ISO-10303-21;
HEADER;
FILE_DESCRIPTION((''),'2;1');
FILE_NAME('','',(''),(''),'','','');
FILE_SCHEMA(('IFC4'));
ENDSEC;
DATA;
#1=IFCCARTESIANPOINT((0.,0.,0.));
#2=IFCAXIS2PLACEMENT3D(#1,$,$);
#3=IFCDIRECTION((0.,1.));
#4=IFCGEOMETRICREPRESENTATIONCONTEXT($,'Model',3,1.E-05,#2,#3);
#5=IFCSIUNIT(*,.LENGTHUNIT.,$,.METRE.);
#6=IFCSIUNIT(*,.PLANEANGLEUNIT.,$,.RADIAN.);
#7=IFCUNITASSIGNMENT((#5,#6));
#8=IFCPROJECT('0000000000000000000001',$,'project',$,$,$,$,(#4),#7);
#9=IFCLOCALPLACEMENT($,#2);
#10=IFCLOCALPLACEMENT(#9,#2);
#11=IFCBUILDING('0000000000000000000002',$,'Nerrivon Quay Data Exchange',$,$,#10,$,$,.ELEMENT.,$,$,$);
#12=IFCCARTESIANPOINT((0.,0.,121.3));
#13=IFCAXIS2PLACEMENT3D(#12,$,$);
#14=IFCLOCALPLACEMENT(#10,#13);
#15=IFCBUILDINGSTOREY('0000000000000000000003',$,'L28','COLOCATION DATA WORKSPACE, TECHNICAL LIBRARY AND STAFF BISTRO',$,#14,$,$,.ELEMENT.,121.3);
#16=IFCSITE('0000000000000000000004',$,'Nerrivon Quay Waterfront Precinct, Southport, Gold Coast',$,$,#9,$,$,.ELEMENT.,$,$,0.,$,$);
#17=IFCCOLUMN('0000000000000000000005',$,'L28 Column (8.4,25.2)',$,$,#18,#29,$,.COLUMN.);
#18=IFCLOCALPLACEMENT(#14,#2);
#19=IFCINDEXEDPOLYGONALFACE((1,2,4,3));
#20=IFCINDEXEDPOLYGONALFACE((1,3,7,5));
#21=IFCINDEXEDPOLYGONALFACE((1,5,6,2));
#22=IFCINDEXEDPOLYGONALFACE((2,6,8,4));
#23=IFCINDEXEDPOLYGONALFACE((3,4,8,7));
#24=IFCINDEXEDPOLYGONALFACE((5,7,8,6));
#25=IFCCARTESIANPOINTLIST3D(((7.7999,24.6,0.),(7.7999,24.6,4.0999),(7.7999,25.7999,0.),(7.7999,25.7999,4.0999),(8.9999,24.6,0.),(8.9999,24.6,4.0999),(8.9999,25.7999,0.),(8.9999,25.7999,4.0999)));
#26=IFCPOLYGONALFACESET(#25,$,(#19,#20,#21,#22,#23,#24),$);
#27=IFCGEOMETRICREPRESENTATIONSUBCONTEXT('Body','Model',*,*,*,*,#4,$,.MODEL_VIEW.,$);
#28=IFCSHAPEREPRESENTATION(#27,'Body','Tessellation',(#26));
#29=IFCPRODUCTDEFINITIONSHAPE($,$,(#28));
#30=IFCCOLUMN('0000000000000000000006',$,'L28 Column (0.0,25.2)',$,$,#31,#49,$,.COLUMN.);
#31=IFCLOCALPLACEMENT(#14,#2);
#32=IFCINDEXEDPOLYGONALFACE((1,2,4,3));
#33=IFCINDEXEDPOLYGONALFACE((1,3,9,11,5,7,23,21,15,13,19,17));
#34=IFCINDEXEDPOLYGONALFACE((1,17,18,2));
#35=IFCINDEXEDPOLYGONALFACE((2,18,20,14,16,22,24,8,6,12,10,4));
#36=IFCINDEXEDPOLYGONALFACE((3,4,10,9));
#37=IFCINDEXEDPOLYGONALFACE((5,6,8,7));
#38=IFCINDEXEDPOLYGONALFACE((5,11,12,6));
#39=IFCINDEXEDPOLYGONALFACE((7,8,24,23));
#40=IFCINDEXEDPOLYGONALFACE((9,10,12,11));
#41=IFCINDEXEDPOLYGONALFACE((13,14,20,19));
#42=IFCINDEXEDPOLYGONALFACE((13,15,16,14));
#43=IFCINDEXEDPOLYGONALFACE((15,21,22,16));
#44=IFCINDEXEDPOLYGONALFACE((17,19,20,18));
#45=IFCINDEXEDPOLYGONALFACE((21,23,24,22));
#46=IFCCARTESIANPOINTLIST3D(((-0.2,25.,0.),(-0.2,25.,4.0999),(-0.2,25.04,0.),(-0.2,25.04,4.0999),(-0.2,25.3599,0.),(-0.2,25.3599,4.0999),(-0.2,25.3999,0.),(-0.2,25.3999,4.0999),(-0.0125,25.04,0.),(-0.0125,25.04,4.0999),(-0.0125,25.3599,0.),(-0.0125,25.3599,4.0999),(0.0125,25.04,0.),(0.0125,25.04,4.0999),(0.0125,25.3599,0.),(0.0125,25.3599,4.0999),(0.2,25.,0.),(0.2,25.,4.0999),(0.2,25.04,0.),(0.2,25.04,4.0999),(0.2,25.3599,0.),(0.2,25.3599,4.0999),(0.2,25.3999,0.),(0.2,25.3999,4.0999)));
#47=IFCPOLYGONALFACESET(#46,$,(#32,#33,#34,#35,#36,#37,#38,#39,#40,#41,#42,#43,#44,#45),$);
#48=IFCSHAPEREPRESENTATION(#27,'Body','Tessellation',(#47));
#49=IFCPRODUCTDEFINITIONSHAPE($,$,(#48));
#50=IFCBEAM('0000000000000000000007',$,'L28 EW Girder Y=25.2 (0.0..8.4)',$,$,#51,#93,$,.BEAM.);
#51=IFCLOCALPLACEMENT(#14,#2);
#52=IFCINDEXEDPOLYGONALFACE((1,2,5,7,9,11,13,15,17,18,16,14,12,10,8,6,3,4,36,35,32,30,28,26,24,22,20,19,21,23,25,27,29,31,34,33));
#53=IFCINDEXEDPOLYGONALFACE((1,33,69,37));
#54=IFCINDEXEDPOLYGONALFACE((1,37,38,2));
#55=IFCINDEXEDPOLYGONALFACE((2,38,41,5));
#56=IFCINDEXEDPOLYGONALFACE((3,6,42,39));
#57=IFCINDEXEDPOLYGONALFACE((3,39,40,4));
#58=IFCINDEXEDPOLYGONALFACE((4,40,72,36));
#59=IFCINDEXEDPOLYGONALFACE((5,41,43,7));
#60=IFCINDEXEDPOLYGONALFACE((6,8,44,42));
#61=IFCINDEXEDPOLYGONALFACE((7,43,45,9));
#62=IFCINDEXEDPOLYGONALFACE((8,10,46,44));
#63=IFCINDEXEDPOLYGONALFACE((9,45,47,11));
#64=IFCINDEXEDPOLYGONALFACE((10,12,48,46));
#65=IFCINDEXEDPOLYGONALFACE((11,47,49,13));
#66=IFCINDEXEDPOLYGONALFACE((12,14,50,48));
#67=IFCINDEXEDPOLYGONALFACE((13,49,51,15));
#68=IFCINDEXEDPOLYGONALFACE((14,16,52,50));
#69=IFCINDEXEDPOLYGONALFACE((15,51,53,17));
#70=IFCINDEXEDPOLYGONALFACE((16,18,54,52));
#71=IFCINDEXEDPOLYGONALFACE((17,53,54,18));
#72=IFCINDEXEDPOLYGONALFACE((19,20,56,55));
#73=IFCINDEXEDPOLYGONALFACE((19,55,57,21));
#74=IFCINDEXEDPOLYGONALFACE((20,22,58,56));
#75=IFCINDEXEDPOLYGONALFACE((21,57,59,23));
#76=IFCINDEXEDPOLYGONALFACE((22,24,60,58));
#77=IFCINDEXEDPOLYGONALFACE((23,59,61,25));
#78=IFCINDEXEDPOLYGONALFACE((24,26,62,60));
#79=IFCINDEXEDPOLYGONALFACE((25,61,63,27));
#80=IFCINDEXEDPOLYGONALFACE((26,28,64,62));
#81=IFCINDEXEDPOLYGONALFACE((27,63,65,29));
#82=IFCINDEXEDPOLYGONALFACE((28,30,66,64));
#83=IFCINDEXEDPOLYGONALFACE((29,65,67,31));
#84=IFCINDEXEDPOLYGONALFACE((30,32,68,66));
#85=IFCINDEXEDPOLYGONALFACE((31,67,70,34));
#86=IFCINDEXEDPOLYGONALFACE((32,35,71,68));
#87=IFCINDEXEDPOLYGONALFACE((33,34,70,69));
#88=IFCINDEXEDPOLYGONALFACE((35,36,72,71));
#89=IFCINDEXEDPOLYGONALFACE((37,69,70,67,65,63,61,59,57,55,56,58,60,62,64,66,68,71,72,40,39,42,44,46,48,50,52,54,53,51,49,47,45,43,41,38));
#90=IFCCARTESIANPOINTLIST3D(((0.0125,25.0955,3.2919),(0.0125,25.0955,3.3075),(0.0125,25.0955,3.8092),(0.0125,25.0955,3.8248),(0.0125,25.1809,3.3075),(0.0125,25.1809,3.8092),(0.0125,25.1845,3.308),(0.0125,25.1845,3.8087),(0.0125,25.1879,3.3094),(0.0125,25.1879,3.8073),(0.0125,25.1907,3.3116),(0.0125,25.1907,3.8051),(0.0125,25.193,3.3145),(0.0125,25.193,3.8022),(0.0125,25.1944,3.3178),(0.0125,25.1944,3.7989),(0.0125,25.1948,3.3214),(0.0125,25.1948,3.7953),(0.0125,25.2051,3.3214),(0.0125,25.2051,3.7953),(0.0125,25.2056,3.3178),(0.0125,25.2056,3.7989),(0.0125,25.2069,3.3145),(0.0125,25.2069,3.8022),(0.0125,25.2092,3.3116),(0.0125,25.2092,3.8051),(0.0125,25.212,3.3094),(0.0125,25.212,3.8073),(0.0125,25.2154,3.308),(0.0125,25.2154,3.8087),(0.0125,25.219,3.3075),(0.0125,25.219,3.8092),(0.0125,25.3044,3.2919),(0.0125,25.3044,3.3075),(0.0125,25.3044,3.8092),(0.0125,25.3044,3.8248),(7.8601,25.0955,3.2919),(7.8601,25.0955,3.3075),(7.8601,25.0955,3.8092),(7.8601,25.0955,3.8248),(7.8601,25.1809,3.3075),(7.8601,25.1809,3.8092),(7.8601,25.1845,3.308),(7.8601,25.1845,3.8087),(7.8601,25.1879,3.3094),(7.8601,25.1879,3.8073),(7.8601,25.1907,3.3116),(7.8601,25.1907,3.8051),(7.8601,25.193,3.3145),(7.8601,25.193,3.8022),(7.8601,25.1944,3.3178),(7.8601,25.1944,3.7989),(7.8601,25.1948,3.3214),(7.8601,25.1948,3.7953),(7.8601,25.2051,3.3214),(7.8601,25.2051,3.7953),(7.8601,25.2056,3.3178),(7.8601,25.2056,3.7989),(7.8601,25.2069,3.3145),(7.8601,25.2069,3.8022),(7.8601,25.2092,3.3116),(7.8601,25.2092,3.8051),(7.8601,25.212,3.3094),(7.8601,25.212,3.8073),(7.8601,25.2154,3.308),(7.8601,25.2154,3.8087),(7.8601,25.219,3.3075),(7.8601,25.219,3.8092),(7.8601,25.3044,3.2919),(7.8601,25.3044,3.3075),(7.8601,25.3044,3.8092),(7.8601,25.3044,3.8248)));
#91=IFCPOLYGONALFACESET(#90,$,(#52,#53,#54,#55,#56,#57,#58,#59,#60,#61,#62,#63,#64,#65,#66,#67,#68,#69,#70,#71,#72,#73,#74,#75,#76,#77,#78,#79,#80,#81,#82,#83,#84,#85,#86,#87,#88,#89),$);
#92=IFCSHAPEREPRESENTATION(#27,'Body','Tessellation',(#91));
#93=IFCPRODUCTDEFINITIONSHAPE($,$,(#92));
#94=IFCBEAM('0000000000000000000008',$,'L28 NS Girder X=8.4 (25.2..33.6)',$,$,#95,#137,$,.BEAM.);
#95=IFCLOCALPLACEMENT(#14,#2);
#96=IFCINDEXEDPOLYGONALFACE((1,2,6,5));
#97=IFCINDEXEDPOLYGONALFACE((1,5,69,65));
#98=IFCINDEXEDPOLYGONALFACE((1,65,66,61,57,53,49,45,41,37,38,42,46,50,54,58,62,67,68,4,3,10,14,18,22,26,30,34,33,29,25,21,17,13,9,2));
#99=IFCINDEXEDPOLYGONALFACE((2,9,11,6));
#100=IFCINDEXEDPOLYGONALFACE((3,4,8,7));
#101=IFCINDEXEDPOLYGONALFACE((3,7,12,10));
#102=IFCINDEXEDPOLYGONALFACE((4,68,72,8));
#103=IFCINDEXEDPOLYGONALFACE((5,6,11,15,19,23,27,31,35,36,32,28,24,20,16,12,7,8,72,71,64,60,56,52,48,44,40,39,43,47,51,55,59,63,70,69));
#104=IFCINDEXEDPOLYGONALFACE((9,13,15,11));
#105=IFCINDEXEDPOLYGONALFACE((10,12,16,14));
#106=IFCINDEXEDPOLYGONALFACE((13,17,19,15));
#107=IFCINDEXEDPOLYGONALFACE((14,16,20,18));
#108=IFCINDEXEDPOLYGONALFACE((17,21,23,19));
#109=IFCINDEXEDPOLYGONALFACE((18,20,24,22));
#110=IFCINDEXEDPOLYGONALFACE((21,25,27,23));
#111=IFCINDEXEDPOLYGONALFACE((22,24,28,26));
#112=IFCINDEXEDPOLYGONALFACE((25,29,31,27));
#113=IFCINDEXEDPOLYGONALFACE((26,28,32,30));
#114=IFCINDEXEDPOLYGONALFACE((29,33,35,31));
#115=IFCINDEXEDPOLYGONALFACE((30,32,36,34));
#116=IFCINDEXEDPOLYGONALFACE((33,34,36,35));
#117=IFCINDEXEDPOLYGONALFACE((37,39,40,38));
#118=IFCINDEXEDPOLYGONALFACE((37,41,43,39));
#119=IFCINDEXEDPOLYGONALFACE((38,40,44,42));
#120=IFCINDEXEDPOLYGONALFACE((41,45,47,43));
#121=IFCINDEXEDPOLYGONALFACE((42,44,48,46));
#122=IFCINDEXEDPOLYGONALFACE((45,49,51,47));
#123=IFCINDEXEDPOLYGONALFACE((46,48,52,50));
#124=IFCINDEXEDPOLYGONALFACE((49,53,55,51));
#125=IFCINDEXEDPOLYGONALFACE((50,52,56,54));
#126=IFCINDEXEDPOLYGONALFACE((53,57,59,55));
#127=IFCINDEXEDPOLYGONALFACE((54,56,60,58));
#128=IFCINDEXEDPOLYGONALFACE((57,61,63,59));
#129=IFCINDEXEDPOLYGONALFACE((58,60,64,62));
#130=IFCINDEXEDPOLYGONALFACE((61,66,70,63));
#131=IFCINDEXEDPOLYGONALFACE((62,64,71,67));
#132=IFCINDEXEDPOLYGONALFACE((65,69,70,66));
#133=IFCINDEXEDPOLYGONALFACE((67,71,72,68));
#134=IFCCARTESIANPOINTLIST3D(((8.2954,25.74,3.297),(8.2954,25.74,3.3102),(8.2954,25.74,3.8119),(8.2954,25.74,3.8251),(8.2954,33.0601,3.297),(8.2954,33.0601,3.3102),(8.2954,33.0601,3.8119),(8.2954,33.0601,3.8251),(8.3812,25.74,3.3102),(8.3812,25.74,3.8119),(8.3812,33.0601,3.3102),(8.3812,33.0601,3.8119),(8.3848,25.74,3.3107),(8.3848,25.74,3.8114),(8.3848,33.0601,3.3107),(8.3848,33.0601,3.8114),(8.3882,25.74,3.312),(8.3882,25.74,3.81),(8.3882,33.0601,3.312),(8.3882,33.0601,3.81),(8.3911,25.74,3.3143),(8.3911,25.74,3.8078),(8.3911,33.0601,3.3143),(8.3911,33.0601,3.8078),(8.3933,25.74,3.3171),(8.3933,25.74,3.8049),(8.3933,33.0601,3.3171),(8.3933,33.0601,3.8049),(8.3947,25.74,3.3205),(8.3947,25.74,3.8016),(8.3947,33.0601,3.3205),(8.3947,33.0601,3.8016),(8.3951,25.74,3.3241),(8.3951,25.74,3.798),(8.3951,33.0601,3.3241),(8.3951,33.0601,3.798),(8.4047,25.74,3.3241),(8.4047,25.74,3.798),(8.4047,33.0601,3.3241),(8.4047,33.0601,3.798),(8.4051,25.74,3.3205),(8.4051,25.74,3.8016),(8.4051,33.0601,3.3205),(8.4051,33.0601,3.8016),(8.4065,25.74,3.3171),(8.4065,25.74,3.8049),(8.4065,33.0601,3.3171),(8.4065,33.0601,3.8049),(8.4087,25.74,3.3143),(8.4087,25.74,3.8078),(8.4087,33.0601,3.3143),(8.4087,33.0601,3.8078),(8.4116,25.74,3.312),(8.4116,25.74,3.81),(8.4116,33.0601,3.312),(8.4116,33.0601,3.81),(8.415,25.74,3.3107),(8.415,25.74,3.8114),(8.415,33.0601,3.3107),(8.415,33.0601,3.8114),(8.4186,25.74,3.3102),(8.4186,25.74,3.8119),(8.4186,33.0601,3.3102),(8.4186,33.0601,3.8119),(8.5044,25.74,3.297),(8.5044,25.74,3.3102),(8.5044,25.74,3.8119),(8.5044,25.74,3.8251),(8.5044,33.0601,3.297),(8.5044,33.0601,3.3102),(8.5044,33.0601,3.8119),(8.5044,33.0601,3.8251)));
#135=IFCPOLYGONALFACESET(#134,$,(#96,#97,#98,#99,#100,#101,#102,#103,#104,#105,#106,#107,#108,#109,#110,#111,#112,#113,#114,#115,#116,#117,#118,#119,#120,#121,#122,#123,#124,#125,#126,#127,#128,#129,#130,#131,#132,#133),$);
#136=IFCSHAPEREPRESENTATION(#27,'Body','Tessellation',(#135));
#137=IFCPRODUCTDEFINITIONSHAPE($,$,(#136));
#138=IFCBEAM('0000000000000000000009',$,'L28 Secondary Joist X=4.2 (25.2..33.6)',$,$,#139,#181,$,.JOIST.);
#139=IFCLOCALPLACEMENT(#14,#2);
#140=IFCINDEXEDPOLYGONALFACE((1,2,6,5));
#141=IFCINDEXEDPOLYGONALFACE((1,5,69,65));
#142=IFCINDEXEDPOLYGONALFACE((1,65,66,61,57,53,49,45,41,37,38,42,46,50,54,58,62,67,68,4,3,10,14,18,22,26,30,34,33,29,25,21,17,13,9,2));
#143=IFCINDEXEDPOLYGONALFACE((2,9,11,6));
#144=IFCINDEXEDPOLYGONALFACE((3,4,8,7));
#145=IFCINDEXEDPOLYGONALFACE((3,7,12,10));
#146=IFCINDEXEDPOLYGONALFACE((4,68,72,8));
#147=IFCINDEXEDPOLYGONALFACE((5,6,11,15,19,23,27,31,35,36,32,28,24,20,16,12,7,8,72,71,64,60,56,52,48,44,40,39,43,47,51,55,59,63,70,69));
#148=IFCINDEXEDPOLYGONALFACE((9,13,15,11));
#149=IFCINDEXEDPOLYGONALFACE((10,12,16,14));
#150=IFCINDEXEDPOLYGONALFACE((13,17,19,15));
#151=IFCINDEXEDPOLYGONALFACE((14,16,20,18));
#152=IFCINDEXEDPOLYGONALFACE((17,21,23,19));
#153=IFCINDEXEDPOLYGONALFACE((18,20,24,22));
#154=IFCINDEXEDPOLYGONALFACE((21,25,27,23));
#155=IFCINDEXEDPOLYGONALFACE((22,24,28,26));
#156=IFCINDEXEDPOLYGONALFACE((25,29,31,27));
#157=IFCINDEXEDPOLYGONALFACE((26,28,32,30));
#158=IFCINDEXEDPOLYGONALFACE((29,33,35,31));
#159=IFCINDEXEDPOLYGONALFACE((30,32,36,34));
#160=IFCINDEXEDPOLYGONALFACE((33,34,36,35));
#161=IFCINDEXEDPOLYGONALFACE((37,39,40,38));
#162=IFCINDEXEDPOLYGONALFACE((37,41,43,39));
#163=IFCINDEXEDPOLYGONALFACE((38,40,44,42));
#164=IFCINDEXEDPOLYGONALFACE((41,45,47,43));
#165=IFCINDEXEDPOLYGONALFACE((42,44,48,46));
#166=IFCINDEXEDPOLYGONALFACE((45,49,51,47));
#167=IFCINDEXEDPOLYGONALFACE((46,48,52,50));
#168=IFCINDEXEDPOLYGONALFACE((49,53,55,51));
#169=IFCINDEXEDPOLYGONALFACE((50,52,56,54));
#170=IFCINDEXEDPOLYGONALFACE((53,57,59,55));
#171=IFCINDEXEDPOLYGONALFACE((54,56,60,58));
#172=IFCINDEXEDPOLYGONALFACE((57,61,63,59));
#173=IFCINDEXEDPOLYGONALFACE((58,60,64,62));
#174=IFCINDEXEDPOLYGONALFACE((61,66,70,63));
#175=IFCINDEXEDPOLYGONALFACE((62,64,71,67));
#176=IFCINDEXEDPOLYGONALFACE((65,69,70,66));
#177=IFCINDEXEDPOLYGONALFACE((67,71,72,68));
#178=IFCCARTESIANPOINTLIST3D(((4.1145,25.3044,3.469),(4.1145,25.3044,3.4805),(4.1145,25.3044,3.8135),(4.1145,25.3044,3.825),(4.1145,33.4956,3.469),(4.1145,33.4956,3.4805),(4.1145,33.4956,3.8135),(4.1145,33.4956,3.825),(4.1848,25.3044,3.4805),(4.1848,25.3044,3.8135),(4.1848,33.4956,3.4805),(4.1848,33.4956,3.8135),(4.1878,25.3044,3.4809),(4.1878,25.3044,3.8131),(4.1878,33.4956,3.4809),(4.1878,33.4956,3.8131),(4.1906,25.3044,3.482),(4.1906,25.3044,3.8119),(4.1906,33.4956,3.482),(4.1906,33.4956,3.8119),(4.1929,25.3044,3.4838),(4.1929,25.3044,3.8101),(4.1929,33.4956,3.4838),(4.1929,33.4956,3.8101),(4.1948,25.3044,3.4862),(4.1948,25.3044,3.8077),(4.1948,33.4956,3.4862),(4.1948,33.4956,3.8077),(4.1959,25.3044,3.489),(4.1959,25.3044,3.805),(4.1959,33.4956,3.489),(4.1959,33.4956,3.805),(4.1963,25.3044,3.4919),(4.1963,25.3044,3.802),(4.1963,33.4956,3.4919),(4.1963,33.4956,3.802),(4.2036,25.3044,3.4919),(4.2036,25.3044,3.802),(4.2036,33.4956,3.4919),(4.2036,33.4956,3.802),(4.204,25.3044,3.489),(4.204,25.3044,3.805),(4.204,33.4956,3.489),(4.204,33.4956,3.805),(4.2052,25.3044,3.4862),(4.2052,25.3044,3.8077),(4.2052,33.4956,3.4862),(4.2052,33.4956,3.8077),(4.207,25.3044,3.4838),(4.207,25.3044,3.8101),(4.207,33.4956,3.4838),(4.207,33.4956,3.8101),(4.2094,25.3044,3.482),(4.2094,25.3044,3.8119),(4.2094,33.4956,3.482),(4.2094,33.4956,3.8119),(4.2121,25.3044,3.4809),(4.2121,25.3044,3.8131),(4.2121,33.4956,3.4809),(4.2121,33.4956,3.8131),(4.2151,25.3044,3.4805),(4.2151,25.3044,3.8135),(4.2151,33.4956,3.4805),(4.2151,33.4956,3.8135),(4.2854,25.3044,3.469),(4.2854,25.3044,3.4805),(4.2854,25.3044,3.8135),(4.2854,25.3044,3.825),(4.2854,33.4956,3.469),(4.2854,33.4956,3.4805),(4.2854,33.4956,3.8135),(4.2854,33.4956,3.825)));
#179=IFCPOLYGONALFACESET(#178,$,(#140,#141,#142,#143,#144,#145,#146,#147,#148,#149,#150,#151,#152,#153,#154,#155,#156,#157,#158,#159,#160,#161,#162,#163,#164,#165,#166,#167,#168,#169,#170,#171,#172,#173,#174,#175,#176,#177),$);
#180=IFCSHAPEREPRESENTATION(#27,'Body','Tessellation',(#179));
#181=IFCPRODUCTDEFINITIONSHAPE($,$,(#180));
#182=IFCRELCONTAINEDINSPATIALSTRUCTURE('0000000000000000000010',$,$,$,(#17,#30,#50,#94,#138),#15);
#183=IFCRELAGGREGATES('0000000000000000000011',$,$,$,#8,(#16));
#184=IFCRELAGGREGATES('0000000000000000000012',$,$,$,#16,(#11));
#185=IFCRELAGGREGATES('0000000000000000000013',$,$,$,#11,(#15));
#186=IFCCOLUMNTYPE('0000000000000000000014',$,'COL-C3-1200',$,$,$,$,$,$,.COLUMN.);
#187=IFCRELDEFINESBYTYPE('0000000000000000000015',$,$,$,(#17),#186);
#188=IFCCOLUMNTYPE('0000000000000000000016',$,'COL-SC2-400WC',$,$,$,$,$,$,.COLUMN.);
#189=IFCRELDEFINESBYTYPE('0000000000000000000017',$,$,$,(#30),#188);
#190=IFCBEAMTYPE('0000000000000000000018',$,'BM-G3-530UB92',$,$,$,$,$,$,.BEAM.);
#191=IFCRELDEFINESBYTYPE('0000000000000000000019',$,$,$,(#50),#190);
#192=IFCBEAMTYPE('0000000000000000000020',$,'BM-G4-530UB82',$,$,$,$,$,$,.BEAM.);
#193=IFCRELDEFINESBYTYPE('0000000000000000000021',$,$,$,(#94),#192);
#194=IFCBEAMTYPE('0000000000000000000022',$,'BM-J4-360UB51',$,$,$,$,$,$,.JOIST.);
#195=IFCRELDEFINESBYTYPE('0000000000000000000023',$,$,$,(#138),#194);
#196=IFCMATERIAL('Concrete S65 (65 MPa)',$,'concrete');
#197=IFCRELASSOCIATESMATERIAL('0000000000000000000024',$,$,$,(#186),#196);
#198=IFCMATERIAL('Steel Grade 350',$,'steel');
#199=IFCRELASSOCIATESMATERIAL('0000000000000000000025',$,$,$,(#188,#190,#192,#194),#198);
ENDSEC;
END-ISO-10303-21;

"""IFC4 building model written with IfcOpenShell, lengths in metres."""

from ifc_helpers import new_model, si_unit, direction, frame, origin, origin_2d, place, context, subcontext, project, spatial, rectangle, i_section, extrude, material, material_profile, profile_set, type_object, element, save


model = new_model("IFC4")

# Units and contexts
model_context = context("Model", 3, precision=1e-05, world=origin(), true_north=direction((0.0, 1.0)))
body_context = subcontext(model_context, "Body", "Model", "MODEL_VIEW")
ifc_project = project(units=[si_unit("LENGTHUNIT", "METRE"), si_unit("PLANEANGLEUNIT", "RADIAN")], contexts=[model_context])

# Site, building, storey
site_placement = place(None, origin())
site = spatial("IfcSite", under=ifc_project, at=site_placement, Name="Nerrivon Quay Waterfront Precinct, Southport, Gold Coast", CompositionType="ELEMENT", RefElevation=0.0)
building_placement = place(site_placement, origin())
building = spatial("IfcBuilding", under=site, at=building_placement, Name="Nerrivon Quay Data Exchange", CompositionType="ELEMENT")
storey_placement = place(building_placement, frame((0.0, 0.0, 121.3)))
storey = spatial("IfcBuildingStorey", under=building, at=storey_placement, Name="L28", Description="COLOCATION DATA WORKSPACE, TECHNICAL LIBRARY AND STAFF BISTRO", CompositionType="ELEMENT", Elevation=121.3)

# Columns
ifc_material_1 = material(Name="Concrete S65 (65 MPa)", Category="concrete")
ifc_material_profile_1 = material_profile(ifc_material_1, rectangle(XDim=1.2, YDim=1.2, at=origin_2d()), Name="RC-COL-1200x1200")
ifc_profile_set_1 = profile_set([ifc_material_profile_1], Name="Concrete S65 (65 MPa)")
column_type_1 = type_object("IfcColumnType", Name="COL-C3-1200", PredefinedType="COLUMN", material=ifc_profile_set_1)
column_1_placement = place(storey_placement, frame((8.3999, 25.2, 0.0), z_axis=(0.0, 0.0, 1.0), x_axis=(1.0, 0.0, 0.0)))
element("IfcColumn", 1, at=column_1_placement, inside=storey, type_object=column_type_1, Name="L28 Column (8.4,25.2)", PredefinedType="COLUMN", context=body_context, shape_type="SweptSolid", body=[
    extrude(rectangle(XDim=1.2, YDim=1.2, at=origin_2d()), origin(), (0.0, 0.0, 1.0), 4.0999),
])
ifc_material_2 = material(Name="Steel Grade 350", Category="steel")
ifc_material_profile_2 = material_profile(ifc_material_2, i_section(OverallWidth=0.3999, OverallDepth=0.3999, WebThickness=0.0249, FlangeThickness=0.04, at=origin_2d()), Name="400WC328")
ifc_profile_set_2 = profile_set([ifc_material_profile_2], Name="Steel Grade 350")
column_type_2 = type_object("IfcColumnType", Name="COL-SC2-400WC", PredefinedType="COLUMN", material=ifc_profile_set_2)
column_2_placement = place(storey_placement, frame((0.0, 25.2, 0.0), z_axis=(0.0, 0.0, 1.0), x_axis=(1.0, 0.0, 0.0)))
element("IfcColumn", 2, at=column_2_placement, inside=storey, type_object=column_type_2, Name="L28 Column (0.0,25.2)", PredefinedType="COLUMN", context=body_context, shape_type="SweptSolid", body=[
    extrude(i_section(OverallWidth=0.3999, OverallDepth=0.3999, WebThickness=0.0249, FlangeThickness=0.04, at=origin_2d()), origin(), (0.0, 0.0, 1.0), 4.0999),
])

# Beams
ifc_material_profile_3 = material_profile(ifc_material_2, i_section(OverallWidth=0.209, OverallDepth=0.533, WebThickness=0.0103, FlangeThickness=0.0156, FilletRadius=0.0139, at=origin_2d()), Name="530UB92.4")
ifc_profile_set_3 = profile_set([ifc_material_profile_3], Name="Steel Grade 350")
beam_type_1 = type_object("IfcBeamType", Name="BM-G3-530UB92", PredefinedType="BEAM", material=ifc_profile_set_3)
beam_1_placement = place(storey_placement, frame((0.0125, 25.2, 3.5583), z_axis=(1.0, 0.0, 0.0), x_axis=(0.0, 1.0, 0.0)))
element("IfcBeam", 3, at=beam_1_placement, inside=storey, type_object=beam_type_1, Name="L28 EW Girder Y=25.2 (0.0..8.4)", PredefinedType="BEAM", context=body_context, shape_type="SweptSolid", body=[
    extrude(i_section(OverallWidth=0.209, OverallDepth=0.533, WebThickness=0.0103, FlangeThickness=0.0156, FilletRadius=0.0139, at=origin_2d()), origin(), (0.0, 0.0, 1.0), 7.8477),
])
ifc_material_profile_4 = material_profile(ifc_material_2, i_section(OverallWidth=0.209, OverallDepth=0.5281, WebThickness=0.0095, FlangeThickness=0.0132, FilletRadius=0.0139, at=origin_2d()), Name="530UB82.0")
ifc_profile_set_4 = profile_set([ifc_material_profile_4], Name="Steel Grade 350")
beam_type_2 = type_object("IfcBeamType", Name="BM-G4-530UB82", PredefinedType="BEAM", material=ifc_profile_set_4)
beam_2_placement = place(storey_placement, frame((8.3999, 25.74, 3.561), z_axis=(0.0, 1.0, 0.0), x_axis=(-1.0, 0.0, 0.0)))
element("IfcBeam", 4, at=beam_2_placement, inside=storey, type_object=beam_type_2, Name="L28 NS Girder X=8.4 (25.2..33.6)", PredefinedType="BEAM", context=body_context, shape_type="SweptSolid", body=[
    extrude(i_section(OverallWidth=0.209, OverallDepth=0.5281, WebThickness=0.0095, FlangeThickness=0.0132, FilletRadius=0.0139, at=origin_2d()), origin(), (0.0, 0.0, 1.0), 7.3201),
])
ifc_material_profile_5 = material_profile(ifc_material_2, i_section(OverallWidth=0.1709, OverallDepth=0.356, WebThickness=0.0073, FlangeThickness=0.0115, FilletRadius=0.0115, at=origin_2d()), Name="360UB50.7")
ifc_profile_set_5 = profile_set([ifc_material_profile_5], Name="Steel Grade 350")
beam_type_3 = type_object("IfcBeamType", Name="BM-J4-360UB51", PredefinedType="JOIST", material=ifc_profile_set_5)
beam_3_placement = place(storey_placement, frame((4.2, 25.3044, 3.647), z_axis=(0.0, 1.0, 0.0), x_axis=(-1.0, 0.0, 0.0)))
element("IfcBeam", 5, at=beam_3_placement, inside=storey, type_object=beam_type_3, Name="L28 Secondary Joist X=4.2 (25.2..33.6)", PredefinedType="JOIST", context=body_context, shape_type="SweptSolid", body=[
    extrude(i_section(OverallWidth=0.1709, OverallDepth=0.356, WebThickness=0.0073, FlangeThickness=0.0115, FilletRadius=0.0115, at=origin_2d()), origin(), (0.0, 0.0, 1.0), 8.1912),
])

save(model, "model.ifc")
